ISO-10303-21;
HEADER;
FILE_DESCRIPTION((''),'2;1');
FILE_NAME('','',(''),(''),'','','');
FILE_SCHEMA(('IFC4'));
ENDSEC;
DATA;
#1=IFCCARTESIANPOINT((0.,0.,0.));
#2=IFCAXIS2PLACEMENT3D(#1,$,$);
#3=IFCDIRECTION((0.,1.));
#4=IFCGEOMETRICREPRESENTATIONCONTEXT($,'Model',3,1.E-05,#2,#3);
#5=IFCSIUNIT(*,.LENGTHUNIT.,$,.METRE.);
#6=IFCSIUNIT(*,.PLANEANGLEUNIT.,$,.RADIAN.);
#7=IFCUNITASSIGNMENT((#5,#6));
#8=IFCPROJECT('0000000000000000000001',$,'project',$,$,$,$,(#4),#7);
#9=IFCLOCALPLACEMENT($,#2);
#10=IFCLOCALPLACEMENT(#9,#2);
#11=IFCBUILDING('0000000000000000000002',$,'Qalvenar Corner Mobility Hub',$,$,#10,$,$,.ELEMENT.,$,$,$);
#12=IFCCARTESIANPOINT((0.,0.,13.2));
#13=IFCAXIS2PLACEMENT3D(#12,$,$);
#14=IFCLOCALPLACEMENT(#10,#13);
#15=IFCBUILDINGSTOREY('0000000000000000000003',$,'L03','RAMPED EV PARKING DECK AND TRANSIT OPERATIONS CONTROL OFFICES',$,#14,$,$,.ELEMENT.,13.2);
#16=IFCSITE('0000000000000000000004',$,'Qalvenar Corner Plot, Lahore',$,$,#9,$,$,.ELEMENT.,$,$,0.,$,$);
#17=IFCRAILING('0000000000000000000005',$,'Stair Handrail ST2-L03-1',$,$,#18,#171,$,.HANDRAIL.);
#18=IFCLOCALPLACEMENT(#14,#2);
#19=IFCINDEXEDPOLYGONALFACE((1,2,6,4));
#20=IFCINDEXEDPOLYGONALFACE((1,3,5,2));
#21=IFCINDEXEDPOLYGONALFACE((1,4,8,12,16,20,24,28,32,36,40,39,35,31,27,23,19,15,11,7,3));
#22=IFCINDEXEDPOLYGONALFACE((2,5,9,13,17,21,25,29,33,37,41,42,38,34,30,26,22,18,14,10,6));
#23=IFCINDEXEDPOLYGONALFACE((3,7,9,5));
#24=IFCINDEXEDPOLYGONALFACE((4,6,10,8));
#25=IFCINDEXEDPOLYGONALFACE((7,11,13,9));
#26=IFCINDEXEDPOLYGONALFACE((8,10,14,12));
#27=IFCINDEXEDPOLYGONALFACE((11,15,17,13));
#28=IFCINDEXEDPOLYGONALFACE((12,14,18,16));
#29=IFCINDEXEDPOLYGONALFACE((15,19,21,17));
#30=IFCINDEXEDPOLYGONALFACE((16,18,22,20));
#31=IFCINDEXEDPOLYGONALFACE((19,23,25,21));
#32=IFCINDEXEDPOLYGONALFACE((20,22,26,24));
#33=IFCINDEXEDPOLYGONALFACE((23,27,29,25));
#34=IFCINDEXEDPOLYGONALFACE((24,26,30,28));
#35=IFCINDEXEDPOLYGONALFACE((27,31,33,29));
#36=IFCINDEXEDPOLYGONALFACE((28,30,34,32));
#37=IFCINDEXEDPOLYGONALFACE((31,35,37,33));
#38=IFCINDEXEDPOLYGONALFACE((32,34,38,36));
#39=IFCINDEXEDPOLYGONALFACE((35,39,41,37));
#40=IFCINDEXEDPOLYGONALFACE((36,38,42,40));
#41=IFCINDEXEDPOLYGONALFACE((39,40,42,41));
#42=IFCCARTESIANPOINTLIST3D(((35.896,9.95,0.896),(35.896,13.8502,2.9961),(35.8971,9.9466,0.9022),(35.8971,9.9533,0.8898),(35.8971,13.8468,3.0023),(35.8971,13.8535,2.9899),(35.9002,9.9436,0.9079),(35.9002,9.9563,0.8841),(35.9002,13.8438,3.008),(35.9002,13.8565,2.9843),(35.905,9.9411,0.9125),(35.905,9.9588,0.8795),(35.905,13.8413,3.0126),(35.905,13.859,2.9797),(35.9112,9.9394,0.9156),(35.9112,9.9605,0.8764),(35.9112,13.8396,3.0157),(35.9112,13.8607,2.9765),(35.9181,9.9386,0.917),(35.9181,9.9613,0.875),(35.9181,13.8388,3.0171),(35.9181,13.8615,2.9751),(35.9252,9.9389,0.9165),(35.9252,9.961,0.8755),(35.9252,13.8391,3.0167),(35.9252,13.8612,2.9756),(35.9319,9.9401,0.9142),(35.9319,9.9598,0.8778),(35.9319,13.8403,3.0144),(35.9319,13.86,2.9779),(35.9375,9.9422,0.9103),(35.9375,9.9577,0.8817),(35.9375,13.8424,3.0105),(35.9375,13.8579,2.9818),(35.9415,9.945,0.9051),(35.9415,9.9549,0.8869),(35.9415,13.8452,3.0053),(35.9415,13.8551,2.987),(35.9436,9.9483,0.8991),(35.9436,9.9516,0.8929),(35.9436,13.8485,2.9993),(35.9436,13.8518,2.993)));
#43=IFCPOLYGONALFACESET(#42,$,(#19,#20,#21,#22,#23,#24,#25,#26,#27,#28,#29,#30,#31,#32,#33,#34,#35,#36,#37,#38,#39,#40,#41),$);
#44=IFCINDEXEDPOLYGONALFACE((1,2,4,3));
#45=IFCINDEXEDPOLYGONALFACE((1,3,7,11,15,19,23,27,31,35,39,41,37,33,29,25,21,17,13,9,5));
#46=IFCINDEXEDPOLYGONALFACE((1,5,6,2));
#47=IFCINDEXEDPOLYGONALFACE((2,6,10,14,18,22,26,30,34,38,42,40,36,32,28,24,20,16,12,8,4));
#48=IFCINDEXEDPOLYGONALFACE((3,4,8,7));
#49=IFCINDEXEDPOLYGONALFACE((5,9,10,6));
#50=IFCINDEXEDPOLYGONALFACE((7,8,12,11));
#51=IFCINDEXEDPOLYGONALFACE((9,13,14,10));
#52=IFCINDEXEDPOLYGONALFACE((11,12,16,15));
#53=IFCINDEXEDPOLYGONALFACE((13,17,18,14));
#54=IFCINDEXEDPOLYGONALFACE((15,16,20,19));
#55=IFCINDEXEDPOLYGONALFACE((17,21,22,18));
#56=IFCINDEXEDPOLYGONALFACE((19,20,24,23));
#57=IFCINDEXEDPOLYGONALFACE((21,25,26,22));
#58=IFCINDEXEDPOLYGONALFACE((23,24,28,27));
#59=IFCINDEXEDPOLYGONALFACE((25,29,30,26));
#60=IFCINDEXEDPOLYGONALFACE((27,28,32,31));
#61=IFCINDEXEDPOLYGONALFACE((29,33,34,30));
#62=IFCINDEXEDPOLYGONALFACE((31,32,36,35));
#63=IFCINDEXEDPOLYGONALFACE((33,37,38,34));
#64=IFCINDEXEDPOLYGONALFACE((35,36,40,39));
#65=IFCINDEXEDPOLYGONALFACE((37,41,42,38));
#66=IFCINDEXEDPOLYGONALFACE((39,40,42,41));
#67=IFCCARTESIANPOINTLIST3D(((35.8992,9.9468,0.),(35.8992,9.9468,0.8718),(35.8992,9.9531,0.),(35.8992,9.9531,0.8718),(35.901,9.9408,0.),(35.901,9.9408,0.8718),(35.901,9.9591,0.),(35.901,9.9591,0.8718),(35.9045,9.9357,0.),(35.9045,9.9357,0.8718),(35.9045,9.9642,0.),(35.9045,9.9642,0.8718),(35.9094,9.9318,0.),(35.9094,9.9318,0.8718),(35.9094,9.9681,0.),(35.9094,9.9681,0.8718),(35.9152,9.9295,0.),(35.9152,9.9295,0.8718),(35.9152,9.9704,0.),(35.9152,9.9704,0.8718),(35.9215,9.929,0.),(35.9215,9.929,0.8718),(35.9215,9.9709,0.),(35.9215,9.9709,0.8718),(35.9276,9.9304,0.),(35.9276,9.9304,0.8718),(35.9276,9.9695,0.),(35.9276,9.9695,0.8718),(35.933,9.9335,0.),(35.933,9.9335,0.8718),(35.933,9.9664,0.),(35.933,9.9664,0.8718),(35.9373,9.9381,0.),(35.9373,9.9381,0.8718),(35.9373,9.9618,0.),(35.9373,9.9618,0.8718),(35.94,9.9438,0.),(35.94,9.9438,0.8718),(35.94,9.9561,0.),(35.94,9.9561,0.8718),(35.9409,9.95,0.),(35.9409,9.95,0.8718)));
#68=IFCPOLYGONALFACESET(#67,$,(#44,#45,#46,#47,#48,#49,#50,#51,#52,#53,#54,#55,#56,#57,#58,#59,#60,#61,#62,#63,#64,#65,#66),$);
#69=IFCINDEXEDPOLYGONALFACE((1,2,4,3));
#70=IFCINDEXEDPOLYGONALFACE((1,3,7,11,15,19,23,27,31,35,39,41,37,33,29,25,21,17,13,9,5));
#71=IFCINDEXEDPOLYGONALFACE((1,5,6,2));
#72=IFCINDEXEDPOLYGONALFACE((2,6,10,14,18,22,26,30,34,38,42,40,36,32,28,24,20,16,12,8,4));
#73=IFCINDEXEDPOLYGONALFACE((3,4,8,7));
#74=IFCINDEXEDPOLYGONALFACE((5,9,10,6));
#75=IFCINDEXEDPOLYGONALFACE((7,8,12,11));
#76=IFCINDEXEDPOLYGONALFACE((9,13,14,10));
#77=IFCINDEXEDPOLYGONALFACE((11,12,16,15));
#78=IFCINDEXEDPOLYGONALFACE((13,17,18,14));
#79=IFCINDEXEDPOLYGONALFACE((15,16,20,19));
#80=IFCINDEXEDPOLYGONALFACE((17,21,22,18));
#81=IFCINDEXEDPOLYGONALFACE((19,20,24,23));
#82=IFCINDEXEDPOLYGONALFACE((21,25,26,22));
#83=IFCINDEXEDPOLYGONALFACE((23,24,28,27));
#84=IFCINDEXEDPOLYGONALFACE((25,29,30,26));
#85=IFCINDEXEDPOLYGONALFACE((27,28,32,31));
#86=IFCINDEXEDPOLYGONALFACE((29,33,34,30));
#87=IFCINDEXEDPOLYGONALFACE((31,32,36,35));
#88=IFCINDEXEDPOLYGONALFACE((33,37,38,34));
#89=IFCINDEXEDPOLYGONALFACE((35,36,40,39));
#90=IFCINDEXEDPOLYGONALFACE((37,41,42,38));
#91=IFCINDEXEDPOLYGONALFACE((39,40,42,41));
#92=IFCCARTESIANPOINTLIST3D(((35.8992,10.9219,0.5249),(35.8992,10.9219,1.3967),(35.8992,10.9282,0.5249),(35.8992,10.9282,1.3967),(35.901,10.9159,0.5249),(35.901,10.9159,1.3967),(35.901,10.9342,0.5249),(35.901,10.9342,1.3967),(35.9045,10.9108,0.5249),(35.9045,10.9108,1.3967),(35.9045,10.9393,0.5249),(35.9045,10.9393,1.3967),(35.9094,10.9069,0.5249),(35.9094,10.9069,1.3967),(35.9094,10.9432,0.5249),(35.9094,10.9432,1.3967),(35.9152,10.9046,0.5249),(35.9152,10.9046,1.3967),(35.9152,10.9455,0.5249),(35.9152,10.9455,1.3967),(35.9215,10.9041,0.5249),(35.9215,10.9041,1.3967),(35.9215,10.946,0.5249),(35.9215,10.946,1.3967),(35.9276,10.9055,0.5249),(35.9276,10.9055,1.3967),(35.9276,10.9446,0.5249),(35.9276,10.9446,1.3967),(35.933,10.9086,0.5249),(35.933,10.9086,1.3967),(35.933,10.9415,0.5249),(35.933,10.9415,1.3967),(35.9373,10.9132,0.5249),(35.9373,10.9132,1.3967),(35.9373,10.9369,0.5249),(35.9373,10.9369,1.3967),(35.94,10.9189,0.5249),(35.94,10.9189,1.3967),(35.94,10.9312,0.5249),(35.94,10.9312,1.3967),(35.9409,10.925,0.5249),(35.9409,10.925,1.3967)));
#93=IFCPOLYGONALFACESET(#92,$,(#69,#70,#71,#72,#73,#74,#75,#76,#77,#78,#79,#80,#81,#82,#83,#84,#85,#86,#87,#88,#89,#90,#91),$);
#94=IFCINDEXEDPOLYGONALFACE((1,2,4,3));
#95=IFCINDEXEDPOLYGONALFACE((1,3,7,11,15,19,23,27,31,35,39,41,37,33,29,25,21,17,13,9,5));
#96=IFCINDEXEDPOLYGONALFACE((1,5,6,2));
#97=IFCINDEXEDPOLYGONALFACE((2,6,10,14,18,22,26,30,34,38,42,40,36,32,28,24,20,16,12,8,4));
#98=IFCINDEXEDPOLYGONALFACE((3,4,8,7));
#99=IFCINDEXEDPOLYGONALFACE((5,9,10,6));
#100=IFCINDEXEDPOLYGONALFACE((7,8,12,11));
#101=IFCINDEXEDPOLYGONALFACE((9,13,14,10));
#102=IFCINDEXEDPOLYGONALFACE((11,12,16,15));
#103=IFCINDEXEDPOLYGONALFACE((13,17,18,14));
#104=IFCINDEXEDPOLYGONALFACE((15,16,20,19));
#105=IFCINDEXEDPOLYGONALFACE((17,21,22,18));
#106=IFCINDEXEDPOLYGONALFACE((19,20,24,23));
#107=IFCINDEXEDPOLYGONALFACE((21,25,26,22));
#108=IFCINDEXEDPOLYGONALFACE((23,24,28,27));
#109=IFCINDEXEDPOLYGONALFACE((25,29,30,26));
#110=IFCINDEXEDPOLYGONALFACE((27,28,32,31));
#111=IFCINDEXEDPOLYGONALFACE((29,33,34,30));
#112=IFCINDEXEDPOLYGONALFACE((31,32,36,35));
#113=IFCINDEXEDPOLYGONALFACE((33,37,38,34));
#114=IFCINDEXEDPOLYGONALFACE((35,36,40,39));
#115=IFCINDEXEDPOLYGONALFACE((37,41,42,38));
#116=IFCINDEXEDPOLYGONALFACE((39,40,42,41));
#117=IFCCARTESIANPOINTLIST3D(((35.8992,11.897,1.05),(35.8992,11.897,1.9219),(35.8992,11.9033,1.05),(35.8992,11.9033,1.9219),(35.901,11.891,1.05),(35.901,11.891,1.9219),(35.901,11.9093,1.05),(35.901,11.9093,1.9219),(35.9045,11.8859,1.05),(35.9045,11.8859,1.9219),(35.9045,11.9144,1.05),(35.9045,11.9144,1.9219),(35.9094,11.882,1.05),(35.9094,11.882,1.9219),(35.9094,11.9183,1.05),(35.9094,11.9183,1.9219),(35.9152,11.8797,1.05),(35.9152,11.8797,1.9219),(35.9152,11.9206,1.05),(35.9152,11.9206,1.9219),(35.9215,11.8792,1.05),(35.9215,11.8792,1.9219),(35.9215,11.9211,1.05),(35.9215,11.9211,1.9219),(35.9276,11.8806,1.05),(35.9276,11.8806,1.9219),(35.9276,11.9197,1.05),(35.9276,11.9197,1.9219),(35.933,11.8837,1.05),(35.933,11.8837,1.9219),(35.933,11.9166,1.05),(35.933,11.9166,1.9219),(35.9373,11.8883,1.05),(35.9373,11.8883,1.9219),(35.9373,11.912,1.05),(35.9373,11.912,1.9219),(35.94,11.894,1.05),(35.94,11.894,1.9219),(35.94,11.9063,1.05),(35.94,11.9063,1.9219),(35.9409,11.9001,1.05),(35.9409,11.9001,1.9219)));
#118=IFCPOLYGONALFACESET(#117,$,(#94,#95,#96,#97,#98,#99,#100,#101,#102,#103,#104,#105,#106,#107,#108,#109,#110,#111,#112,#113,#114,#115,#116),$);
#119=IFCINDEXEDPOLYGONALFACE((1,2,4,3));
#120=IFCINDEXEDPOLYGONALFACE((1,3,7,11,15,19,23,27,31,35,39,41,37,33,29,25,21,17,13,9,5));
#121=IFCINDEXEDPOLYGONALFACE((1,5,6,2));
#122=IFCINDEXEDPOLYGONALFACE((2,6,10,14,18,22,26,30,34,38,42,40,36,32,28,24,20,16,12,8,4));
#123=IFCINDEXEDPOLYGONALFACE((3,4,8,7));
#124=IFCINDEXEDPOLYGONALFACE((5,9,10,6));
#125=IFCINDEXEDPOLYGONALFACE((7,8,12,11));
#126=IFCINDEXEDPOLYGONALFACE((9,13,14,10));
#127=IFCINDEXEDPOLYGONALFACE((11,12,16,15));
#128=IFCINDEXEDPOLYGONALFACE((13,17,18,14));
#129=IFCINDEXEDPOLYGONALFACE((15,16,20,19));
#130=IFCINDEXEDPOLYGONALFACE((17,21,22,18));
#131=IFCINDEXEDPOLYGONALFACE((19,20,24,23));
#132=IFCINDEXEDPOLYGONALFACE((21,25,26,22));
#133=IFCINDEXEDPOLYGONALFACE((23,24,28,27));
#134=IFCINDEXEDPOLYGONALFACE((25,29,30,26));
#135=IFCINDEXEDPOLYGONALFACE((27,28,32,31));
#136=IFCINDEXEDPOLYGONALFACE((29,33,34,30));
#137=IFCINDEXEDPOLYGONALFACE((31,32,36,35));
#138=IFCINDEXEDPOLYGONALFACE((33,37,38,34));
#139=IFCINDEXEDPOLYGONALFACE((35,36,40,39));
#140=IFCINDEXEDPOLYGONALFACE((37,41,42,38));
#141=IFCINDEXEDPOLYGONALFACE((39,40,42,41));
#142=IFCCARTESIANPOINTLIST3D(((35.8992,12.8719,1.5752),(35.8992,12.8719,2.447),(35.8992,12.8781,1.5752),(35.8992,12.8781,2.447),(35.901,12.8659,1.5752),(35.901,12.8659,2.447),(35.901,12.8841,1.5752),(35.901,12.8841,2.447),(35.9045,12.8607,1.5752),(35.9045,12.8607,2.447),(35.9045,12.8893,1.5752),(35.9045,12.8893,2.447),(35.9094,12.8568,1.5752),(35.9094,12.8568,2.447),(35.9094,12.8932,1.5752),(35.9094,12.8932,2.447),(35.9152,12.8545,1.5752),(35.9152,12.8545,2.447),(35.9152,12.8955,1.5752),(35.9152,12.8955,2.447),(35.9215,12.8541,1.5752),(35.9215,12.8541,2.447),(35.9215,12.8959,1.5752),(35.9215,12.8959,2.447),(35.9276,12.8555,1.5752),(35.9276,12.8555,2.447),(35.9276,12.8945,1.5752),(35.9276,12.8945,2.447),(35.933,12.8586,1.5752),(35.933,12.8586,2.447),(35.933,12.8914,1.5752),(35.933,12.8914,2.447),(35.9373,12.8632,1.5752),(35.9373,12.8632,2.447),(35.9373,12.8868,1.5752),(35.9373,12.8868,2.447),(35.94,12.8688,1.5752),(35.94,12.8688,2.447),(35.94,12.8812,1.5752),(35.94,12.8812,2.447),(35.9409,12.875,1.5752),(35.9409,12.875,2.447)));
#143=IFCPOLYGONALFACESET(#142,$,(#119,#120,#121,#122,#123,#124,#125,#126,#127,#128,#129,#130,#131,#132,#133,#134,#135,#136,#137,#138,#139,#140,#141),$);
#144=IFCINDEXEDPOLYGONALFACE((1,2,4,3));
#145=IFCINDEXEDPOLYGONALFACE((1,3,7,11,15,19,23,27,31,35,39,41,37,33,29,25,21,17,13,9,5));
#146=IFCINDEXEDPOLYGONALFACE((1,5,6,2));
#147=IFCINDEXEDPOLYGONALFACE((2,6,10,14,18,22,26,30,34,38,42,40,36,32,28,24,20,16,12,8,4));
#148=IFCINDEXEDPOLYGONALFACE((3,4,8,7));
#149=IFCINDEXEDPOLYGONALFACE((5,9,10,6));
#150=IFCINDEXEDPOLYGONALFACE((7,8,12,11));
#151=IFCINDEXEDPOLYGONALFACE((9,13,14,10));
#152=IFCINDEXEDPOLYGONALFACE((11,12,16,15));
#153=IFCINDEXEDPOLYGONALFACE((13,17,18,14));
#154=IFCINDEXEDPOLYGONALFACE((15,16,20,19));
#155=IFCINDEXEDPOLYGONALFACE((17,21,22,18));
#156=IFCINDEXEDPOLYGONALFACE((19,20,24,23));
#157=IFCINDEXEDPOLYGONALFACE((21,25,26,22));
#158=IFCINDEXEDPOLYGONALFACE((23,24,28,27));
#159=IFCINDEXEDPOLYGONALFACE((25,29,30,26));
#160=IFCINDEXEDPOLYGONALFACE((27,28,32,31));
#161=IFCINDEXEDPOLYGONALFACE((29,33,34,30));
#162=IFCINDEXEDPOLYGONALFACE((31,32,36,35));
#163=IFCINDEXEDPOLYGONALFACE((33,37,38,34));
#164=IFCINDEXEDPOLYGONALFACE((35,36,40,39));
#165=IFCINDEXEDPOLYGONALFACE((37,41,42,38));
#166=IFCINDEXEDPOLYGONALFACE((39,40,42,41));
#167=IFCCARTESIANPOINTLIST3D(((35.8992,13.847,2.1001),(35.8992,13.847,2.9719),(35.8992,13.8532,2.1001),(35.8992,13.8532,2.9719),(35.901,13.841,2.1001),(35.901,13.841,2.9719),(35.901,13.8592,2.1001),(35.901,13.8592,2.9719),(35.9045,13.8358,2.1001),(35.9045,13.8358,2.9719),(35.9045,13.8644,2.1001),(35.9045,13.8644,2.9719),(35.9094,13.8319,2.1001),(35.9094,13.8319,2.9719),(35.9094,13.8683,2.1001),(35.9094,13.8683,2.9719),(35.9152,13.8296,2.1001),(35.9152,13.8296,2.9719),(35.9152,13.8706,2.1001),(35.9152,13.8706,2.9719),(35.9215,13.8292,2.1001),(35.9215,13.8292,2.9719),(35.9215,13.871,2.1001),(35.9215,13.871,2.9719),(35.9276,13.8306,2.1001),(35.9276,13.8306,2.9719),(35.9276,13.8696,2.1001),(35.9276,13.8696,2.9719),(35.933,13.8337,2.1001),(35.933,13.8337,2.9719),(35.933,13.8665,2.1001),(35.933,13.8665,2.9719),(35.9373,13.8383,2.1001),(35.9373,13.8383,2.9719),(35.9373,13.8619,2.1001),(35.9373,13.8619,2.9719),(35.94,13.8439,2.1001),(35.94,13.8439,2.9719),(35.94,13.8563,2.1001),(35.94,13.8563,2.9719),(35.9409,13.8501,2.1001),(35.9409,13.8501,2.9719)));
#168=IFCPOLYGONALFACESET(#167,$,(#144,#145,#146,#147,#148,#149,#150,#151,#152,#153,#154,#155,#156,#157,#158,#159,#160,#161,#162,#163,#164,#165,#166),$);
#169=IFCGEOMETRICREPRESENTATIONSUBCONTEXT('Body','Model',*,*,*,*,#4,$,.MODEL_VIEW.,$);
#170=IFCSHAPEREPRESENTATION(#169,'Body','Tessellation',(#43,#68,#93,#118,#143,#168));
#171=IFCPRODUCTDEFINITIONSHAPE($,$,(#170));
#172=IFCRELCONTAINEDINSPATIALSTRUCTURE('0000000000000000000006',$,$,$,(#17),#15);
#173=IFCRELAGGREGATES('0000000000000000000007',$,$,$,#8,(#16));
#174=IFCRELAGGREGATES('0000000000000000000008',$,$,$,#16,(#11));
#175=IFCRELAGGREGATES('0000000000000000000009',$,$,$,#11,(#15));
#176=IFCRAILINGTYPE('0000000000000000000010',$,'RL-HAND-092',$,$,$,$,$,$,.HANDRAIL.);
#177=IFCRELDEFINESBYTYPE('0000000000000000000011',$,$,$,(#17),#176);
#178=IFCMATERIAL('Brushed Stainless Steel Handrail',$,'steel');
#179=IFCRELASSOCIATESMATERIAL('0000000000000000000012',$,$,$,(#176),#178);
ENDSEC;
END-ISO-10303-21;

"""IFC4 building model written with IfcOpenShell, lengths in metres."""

from ifc_helpers import new_model, si_unit, direction, frame, origin, origin_2d, place, context, subcontext, project, spatial, circle, extrude, material, type_object, element, save


model = new_model("IFC4")

# Units and contexts
model_context = context("Model", 3, precision=1e-05, world=origin(), true_north=direction((0.0, 1.0)))
body_context = subcontext(model_context, "Body", "Model", "MODEL_VIEW")
ifc_project = project(units=[si_unit("LENGTHUNIT", "METRE"), si_unit("PLANEANGLEUNIT", "RADIAN")], contexts=[model_context])

# Site, building, storey
site_placement = place(None, origin())
site = spatial("IfcSite", under=ifc_project, at=site_placement, Name="Qalvenar Corner Plot, Lahore", CompositionType="ELEMENT", RefElevation=0.0)
building_placement = place(site_placement, origin())
building = spatial("IfcBuilding", under=site, at=building_placement, Name="Qalvenar Corner Mobility Hub", CompositionType="ELEMENT")
storey_placement = place(building_placement, frame((0.0, 0.0, 13.2)))
storey = spatial("IfcBuildingStorey", under=building, at=storey_placement, Name="L03", Description="RAMPED EV PARKING DECK AND TRANSIT OPERATIONS CONTROL OFFICES", CompositionType="ELEMENT", Elevation=13.2)

# Railing
ifc_material_1 = material(Name="Brushed Stainless Steel Handrail", Category="steel")
railing_type_1 = type_object("IfcRailingType", Name="RL-HAND-092", PredefinedType="HANDRAIL", material=ifc_material_1)
railing_1_placement = place(storey_placement, frame((35.9199, 9.95, 0.0)))
element("IfcRailing", 1, at=railing_1_placement, inside=storey, type_object=railing_type_1, Name="Stair Handrail ST2-L03-1", PredefinedType="HANDRAIL", context=body_context, shape_type="SweptSolid", body=[
    extrude(circle(Radius=0.0239, at=origin_2d()), frame((0.0, 0.0, 0.896), z_axis=(0.0, 0.880469, 0.474103), x_axis=(-1.0, 0.0, 0.0)), (0.0, 0.0, 1.0), 4.4297),
    extrude(circle(Radius=0.021, at=origin_2d()), origin(), (0.0, 0.0, 1.0), 0.8718),
    extrude(circle(Radius=0.021, at=origin_2d()), frame((0.0, 0.9751, 0.5249)), (0.0, 0.0, 1.0), 0.8718),
    extrude(circle(Radius=0.021, at=origin_2d()), frame((0.0, 1.9502, 1.05)), (0.0, 0.0, 1.0), 0.8718),
    extrude(circle(Radius=0.021, at=origin_2d()), frame((0.0, 2.925, 1.5752)), (0.0, 0.0, 1.0), 0.8718),
    extrude(circle(Radius=0.021, at=origin_2d()), frame((0.0, 3.9001, 2.1001)), (0.0, 0.0, 1.0), 0.8718),
])

save(model, "model.ifc")
